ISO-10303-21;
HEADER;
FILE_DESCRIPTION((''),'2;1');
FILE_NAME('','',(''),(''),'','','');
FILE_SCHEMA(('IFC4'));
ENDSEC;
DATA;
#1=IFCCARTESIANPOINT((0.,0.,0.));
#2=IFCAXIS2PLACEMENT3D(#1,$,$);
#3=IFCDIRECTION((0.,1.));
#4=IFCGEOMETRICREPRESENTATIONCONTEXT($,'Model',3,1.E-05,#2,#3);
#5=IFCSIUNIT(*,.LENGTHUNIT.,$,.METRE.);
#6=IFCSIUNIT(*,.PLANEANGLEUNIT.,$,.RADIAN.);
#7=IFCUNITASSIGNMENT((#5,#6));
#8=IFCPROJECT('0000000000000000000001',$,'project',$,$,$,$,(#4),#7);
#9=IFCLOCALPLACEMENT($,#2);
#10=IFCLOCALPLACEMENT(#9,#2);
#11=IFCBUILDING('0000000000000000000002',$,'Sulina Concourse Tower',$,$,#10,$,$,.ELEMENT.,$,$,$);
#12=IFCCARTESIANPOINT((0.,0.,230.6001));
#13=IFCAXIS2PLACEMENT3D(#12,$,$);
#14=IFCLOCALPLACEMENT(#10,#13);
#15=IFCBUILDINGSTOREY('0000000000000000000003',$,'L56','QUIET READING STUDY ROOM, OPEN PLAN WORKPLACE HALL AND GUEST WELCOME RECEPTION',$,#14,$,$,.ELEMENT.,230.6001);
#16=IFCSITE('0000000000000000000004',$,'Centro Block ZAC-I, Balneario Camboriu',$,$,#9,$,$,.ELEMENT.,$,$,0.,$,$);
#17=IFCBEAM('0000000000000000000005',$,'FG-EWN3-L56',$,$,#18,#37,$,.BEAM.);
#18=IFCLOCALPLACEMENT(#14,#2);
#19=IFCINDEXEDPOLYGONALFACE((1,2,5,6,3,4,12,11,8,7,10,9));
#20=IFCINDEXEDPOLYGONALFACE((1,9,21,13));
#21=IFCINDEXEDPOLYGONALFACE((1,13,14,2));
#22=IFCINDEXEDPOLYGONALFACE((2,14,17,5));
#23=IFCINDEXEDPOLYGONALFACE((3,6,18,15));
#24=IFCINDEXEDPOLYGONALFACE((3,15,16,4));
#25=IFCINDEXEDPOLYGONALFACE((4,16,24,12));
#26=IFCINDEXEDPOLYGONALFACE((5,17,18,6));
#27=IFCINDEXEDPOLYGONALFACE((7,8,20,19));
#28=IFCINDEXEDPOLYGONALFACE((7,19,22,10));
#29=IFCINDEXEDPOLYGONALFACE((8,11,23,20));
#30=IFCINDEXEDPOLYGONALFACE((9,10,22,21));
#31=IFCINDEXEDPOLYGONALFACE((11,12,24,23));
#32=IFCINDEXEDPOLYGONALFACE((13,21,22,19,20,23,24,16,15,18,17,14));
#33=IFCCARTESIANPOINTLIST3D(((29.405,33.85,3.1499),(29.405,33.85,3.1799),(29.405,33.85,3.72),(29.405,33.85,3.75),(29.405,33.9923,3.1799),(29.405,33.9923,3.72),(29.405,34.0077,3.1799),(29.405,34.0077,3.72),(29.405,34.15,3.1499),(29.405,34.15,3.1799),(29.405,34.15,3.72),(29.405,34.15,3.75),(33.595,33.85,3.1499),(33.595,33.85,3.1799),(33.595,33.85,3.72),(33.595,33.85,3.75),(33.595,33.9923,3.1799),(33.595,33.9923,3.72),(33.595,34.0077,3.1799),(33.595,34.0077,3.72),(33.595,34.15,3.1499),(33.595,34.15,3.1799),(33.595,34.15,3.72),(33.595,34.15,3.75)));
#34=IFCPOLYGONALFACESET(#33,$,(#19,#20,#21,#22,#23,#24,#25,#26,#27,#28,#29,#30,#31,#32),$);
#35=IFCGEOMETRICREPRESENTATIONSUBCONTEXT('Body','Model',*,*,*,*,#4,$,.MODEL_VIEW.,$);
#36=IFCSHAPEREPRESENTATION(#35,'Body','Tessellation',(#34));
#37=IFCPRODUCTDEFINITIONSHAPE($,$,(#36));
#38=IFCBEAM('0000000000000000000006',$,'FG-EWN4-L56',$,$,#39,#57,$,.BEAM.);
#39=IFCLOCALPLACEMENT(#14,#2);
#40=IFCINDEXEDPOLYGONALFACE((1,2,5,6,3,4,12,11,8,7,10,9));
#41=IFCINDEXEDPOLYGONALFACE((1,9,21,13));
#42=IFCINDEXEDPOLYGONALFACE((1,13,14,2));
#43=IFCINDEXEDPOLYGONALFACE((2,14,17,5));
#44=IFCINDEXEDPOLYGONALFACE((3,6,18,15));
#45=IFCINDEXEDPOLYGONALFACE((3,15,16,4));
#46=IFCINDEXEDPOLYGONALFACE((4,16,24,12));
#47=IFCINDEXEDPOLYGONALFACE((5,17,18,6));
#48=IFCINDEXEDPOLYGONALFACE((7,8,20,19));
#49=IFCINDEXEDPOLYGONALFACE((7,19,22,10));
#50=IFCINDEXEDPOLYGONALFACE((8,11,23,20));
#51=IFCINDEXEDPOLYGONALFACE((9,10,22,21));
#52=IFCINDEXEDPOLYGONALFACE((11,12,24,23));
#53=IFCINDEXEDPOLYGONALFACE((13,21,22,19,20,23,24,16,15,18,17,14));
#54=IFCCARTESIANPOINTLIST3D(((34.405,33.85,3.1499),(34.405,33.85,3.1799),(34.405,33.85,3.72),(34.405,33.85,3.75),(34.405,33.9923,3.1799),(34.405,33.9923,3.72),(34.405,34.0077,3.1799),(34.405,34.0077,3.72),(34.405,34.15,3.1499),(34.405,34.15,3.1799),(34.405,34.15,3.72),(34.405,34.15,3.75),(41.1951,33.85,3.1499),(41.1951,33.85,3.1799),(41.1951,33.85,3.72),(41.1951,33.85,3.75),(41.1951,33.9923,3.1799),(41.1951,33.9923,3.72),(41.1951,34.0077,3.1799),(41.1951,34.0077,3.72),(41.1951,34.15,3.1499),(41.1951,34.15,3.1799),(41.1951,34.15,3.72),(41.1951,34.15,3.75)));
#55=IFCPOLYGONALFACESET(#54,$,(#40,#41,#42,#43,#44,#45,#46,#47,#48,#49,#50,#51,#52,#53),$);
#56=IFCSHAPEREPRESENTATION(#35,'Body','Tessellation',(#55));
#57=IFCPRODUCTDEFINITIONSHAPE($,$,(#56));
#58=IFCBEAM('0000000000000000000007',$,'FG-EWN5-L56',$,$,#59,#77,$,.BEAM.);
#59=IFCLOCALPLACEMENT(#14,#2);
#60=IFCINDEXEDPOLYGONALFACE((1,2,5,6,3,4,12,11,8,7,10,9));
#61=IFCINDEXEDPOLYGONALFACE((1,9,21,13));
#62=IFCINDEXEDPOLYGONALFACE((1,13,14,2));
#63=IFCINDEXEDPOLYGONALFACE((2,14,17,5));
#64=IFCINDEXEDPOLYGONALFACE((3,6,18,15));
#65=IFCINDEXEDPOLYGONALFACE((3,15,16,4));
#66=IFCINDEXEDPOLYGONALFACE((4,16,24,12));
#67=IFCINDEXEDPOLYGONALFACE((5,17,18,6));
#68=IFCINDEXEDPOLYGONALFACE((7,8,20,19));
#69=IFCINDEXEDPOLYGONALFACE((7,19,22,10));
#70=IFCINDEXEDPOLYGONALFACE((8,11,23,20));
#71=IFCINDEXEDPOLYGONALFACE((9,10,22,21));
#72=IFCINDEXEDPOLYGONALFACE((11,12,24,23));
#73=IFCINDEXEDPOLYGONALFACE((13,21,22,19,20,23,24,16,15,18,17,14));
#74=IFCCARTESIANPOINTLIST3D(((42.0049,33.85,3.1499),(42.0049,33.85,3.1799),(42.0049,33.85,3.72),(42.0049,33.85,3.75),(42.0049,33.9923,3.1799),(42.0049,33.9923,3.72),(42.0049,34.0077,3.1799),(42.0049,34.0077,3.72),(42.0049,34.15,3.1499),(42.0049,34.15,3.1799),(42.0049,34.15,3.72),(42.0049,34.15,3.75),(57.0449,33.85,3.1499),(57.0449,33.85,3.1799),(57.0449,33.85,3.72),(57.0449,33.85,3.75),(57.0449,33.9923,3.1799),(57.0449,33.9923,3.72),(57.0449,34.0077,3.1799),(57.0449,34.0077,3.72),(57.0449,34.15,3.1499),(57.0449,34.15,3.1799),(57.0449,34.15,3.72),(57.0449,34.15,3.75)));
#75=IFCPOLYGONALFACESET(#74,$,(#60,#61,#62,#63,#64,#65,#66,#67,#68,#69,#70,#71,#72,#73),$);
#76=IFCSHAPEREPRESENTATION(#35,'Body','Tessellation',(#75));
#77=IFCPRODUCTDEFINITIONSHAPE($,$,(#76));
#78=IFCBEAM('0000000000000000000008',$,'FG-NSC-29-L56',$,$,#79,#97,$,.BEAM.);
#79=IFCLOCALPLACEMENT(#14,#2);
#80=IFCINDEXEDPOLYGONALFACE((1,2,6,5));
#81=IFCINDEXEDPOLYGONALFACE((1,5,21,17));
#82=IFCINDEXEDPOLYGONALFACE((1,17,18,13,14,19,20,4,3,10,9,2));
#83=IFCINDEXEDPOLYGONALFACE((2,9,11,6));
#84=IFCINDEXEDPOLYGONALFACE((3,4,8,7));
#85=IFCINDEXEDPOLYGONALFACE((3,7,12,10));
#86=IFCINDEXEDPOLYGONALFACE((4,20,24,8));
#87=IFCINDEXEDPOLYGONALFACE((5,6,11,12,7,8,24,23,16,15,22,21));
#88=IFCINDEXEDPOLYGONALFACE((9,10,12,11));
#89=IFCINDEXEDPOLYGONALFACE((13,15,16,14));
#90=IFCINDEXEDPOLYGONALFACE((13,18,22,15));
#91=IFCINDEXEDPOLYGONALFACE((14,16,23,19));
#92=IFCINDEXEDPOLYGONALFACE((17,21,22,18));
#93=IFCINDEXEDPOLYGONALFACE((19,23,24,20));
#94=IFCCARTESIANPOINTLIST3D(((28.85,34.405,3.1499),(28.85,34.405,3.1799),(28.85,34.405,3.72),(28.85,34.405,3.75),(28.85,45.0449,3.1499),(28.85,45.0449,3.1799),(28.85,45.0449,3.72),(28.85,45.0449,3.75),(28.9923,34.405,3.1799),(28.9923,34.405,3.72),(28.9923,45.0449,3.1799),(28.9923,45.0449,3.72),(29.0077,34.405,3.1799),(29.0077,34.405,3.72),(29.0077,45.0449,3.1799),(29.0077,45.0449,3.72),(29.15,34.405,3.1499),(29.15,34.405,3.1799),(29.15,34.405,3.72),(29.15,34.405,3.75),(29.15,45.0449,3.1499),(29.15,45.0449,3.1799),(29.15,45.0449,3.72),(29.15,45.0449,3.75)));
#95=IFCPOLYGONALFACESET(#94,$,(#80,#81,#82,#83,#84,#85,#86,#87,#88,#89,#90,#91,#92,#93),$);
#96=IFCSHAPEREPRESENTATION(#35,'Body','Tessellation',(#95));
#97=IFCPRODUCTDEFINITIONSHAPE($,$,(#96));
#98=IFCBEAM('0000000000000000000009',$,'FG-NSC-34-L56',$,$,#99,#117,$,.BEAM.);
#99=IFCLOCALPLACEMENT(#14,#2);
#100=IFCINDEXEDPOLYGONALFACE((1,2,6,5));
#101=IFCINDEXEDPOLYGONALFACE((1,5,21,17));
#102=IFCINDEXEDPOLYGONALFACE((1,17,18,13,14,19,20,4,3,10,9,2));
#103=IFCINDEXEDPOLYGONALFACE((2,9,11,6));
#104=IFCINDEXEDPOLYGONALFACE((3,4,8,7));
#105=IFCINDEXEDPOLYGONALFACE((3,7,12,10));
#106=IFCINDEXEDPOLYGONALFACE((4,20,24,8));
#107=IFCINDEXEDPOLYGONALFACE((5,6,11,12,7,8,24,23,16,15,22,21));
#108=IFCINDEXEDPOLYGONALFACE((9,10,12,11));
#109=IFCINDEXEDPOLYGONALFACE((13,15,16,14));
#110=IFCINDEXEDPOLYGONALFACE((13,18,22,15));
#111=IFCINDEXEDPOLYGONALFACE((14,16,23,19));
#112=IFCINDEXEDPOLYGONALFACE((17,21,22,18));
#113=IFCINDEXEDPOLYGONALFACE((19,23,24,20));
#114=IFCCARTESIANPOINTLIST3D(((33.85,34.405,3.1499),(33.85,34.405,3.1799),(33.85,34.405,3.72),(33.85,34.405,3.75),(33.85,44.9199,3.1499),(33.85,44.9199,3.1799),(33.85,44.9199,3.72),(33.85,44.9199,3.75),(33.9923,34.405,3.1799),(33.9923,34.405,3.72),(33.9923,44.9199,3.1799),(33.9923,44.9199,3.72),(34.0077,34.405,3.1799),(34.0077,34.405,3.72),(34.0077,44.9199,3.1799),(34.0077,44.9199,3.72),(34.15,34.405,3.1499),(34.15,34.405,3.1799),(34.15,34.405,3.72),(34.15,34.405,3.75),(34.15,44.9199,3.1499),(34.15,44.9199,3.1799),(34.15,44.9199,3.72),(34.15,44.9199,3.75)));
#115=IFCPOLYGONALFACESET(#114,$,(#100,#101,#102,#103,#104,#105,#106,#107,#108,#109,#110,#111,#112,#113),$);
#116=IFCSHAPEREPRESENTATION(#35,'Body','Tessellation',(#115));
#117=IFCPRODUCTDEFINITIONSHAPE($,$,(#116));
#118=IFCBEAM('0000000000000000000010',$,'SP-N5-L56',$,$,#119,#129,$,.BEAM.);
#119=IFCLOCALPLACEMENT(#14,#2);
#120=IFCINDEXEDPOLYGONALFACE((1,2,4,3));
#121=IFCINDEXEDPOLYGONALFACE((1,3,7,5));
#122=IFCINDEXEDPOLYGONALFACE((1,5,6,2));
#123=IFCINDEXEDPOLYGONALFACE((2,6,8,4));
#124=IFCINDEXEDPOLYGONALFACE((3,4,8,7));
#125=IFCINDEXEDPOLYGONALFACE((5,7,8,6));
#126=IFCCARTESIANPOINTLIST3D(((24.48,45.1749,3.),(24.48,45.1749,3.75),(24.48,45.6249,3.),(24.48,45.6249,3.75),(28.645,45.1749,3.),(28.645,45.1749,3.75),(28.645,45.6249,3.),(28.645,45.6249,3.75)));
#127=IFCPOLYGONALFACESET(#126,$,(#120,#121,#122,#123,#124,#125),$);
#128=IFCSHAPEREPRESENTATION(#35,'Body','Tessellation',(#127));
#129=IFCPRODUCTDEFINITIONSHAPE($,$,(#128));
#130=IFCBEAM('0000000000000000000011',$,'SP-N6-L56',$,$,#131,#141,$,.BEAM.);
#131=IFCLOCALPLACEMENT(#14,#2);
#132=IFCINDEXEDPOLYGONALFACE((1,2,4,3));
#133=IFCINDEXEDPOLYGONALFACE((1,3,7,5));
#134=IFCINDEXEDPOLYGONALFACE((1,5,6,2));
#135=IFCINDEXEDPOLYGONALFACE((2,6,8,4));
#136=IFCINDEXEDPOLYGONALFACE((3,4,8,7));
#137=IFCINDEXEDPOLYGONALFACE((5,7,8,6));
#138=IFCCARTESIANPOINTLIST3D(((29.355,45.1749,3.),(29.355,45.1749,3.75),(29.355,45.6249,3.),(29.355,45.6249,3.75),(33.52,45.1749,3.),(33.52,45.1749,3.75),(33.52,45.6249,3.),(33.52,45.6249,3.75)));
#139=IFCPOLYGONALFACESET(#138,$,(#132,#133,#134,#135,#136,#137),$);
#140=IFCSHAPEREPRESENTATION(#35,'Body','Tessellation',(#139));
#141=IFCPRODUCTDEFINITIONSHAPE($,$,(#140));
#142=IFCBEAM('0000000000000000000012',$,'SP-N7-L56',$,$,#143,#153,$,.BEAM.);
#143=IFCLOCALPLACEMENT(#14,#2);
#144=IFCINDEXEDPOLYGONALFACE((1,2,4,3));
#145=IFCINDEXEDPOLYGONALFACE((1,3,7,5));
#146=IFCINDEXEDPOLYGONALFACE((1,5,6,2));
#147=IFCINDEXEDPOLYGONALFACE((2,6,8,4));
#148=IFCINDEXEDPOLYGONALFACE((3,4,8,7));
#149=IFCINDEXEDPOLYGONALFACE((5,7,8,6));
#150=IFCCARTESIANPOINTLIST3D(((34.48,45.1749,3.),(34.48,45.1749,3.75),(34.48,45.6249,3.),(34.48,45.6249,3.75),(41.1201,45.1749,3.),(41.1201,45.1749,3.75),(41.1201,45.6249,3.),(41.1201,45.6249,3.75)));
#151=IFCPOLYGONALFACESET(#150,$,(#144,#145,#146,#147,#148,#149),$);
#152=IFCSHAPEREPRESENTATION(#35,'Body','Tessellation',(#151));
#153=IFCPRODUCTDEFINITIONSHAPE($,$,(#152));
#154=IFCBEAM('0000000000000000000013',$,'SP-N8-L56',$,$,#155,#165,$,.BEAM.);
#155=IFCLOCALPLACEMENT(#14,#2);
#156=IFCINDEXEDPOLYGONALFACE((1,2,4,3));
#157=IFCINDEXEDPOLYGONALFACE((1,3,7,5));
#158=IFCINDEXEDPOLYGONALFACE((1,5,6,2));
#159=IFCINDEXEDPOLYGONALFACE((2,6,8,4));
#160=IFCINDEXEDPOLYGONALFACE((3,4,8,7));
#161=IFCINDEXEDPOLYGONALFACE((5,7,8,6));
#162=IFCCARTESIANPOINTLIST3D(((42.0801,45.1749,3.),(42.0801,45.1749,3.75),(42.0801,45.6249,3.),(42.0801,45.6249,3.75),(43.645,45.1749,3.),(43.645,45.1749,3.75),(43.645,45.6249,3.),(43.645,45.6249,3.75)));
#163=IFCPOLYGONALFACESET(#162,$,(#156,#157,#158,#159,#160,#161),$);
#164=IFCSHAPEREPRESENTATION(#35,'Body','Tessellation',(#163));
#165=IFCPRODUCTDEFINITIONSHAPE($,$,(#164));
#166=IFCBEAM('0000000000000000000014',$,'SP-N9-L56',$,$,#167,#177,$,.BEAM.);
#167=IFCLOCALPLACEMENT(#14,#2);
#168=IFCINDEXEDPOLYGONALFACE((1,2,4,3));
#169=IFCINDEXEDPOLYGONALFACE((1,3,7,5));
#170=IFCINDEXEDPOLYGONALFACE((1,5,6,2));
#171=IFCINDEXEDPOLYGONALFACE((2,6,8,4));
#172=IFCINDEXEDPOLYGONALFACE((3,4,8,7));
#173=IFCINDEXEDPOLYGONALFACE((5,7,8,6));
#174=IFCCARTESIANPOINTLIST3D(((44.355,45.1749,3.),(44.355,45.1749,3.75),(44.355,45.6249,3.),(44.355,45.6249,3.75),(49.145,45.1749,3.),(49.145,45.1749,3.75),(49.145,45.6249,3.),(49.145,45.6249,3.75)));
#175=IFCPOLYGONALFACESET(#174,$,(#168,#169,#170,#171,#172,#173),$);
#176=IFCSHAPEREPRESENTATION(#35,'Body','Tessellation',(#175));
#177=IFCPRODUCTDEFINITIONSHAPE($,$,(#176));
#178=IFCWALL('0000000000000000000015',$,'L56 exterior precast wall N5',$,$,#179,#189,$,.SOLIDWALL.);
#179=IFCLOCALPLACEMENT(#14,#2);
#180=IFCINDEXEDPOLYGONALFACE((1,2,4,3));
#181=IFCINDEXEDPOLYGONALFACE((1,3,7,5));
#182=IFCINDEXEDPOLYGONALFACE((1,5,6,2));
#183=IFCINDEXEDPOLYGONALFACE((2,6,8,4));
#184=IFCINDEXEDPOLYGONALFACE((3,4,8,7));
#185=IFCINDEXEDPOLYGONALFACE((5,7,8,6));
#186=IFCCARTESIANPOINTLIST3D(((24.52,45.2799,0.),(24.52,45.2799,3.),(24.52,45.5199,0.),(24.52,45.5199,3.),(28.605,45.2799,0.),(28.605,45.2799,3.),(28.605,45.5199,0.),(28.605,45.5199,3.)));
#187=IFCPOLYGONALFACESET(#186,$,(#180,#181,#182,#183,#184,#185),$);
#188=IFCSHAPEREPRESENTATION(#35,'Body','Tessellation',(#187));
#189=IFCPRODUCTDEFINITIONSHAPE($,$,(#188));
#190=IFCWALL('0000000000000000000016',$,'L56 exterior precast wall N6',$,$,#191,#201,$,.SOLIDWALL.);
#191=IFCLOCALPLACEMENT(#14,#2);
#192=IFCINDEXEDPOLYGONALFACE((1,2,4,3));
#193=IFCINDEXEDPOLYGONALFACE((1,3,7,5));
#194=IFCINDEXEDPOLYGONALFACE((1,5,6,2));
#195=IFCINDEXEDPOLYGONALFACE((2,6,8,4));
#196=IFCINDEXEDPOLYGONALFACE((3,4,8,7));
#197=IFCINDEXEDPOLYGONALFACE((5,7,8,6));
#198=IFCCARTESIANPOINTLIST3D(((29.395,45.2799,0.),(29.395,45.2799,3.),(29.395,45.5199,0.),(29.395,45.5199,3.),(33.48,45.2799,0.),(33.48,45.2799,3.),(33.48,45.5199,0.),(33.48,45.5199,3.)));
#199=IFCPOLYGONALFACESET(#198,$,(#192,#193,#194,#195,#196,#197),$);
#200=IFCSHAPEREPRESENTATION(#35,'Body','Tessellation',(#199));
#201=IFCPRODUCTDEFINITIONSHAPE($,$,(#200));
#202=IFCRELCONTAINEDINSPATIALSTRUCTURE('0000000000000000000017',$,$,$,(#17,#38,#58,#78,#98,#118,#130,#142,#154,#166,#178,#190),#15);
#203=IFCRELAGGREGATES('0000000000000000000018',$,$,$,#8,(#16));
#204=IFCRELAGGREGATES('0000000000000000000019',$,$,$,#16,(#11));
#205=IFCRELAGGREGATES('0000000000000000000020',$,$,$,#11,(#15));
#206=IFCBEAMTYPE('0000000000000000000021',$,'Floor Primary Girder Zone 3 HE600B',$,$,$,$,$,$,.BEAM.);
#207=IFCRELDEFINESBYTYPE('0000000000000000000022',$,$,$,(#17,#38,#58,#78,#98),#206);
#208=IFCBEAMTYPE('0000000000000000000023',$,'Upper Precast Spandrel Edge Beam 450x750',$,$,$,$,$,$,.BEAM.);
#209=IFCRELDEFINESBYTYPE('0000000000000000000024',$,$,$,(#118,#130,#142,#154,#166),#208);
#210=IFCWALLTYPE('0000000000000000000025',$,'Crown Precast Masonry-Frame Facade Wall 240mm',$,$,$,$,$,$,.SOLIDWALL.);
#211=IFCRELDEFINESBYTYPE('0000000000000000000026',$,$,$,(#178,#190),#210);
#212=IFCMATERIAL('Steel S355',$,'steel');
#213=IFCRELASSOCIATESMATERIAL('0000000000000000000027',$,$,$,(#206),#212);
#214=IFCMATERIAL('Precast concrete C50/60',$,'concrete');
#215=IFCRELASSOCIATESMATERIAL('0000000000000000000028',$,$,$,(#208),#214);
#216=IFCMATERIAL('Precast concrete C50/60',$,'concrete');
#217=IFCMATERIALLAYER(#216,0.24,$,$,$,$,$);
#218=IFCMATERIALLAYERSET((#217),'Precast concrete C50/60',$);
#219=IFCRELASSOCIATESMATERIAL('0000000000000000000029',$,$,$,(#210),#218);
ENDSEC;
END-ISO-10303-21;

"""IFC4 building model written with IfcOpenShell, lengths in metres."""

from ifc_helpers import new_model, si_unit, direction, frame, frame_2d, origin, origin_2d, place, context, subcontext, project, spatial, rectangle, i_section, extrude, material, layer, layer_set, material_profile, profile_set, type_object, element, save


model = new_model("IFC4")

# Units and contexts
model_context = context("Model", 3, precision=1e-05, world=origin(), true_north=direction((0.0, 1.0)))
body_context = subcontext(model_context, "Body", "Model", "MODEL_VIEW")
ifc_project = project(units=[si_unit("LENGTHUNIT", "METRE"), si_unit("PLANEANGLEUNIT", "RADIAN")], contexts=[model_context])

# Site, building, storey
site_placement = place(None, origin())
site = spatial("IfcSite", under=ifc_project, at=site_placement, Name="Centro Block ZAC-I, Balneario Camboriu", CompositionType="ELEMENT", RefElevation=0.0)
building_placement = place(site_placement, origin())
building = spatial("IfcBuilding", under=site, at=building_placement, Name="Sulina Concourse Tower", CompositionType="ELEMENT")
storey_placement = place(building_placement, frame((0.0, 0.0, 230.6001)))
storey = spatial("IfcBuildingStorey", under=building, at=storey_placement, Name="L56", Description="QUIET READING STUDY ROOM, OPEN PLAN WORKPLACE HALL AND GUEST WELCOME RECEPTION", CompositionType="ELEMENT", Elevation=230.6001)

# Beams
ifc_material_1 = material(Name="Steel S355", Category="steel")
ifc_material_profile_1 = material_profile(ifc_material_1, i_section(OverallWidth=0.3, OverallDepth=0.6001, WebThickness=0.0154, FlangeThickness=0.03, at=origin_2d()), Name="HE 600 B")
ifc_profile_set_1 = profile_set([ifc_material_profile_1], Name="Steel S355")
beam_type_1 = type_object("IfcBeamType", Name="Floor Primary Girder Zone 3 HE600B", PredefinedType="BEAM", material=ifc_profile_set_1)
beam_1_placement = place(storey_placement, frame((29.405, 34.0, 3.45), z_axis=(1.0, 0.0, 0.0), x_axis=(0.0, 1.0, 0.0)))
element("IfcBeam", 1, at=beam_1_placement, inside=storey, type_object=beam_type_1, Name="FG-EWN3-L56", PredefinedType="BEAM", context=body_context, shape_type="SweptSolid", body=[
    extrude(i_section(OverallWidth=0.3, OverallDepth=0.6001, WebThickness=0.0154, FlangeThickness=0.03, at=origin_2d()), origin(), (0.0, 0.0, 1.0), 4.1899),
])
beam_2_placement = place(storey_placement, frame((34.405, 34.0, 3.45), z_axis=(1.0, 0.0, 0.0), x_axis=(0.0, 1.0, 0.0)))
element("IfcBeam", 2, at=beam_2_placement, inside=storey, type_object=beam_type_1, Name="FG-EWN4-L56", PredefinedType="BEAM", context=body_context, shape_type="SweptSolid", body=[
    extrude(i_section(OverallWidth=0.3, OverallDepth=0.6001, WebThickness=0.0154, FlangeThickness=0.03, at=origin_2d()), origin(), (0.0, 0.0, 1.0), 6.79),
])
beam_3_placement = place(storey_placement, frame((42.0049, 34.0, 3.45), z_axis=(1.0, 0.0, 0.0), x_axis=(0.0, 1.0, 0.0)))
element("IfcBeam", 3, at=beam_3_placement, inside=storey, type_object=beam_type_1, Name="FG-EWN5-L56", PredefinedType="BEAM", context=body_context, shape_type="SweptSolid", body=[
    extrude(i_section(OverallWidth=0.3, OverallDepth=0.6001, WebThickness=0.0154, FlangeThickness=0.03, at=origin_2d()), origin(), (0.0, 0.0, 1.0), 15.04),
])
beam_4_placement = place(storey_placement, frame((29.0, 34.405, 3.45), z_axis=(0.0, 1.0, 0.0), x_axis=(-1.0, 0.0, 0.0)))
element("IfcBeam", 4, at=beam_4_placement, inside=storey, type_object=beam_type_1, Name="FG-NSC-29-L56", PredefinedType="BEAM", context=body_context, shape_type="SweptSolid", body=[
    extrude(i_section(OverallWidth=0.3, OverallDepth=0.6001, WebThickness=0.0154, FlangeThickness=0.03, at=origin_2d()), origin(), (0.0, 0.0, 1.0), 10.6399),
])
beam_5_placement = place(storey_placement, frame((34.0, 34.405, 3.45), z_axis=(0.0, 1.0, 0.0), x_axis=(-1.0, 0.0, 0.0)))
element("IfcBeam", 5, at=beam_5_placement, inside=storey, type_object=beam_type_1, Name="FG-NSC-34-L56", PredefinedType="BEAM", context=body_context, shape_type="SweptSolid", body=[
    extrude(i_section(OverallWidth=0.3, OverallDepth=0.6001, WebThickness=0.0154, FlangeThickness=0.03, at=origin_2d()), origin(), (0.0, 0.0, 1.0), 10.5149),
])
ifc_material_2 = material(Name="Precast concrete C50/60", Category="concrete")
ifc_material_profile_2 = material_profile(ifc_material_2, rectangle(XDim=0.45, YDim=0.75, at=origin_2d()), Name="RC 450x750")
ifc_profile_set_2 = profile_set([ifc_material_profile_2], Name="Precast concrete C50/60")
beam_type_2 = type_object("IfcBeamType", Name="Upper Precast Spandrel Edge Beam 450x750", PredefinedType="BEAM", material=ifc_profile_set_2)
for number, where, z_axis, x_axis, name in (
    (6, (24.48, 45.3999, 3.375), (1.0, 0.0, 0.0), (0.0, 1.0, 0.0), "SP-N5-L56"),
    (7, (29.355, 45.3999, 3.375), (1.0, 0.0, 0.0), (0.0, 1.0, 0.0), "SP-N6-L56"),
):
    element("IfcBeam", number, at=place(storey_placement, frame(where, z_axis=z_axis, x_axis=x_axis)), inside=storey, type_object=beam_type_2, Name=name, PredefinedType="BEAM", context=body_context, shape_type="SweptSolid", body=[
        extrude(rectangle(XDim=0.45, YDim=0.75, at=origin_2d()), origin(), (0.0, 0.0, 1.0), 4.165),
    ])
beam_6_placement = place(storey_placement, frame((34.48, 45.3999, 3.375), z_axis=(1.0, 0.0, 0.0), x_axis=(0.0, 1.0, 0.0)))
element("IfcBeam", 8, at=beam_6_placement, inside=storey, type_object=beam_type_2, Name="SP-N7-L56", PredefinedType="BEAM", context=body_context, shape_type="SweptSolid", body=[
    extrude(rectangle(XDim=0.45, YDim=0.75, at=origin_2d()), origin(), (0.0, 0.0, 1.0), 6.6401),
])
beam_7_placement = place(storey_placement, frame((42.0801, 45.3999, 3.375), z_axis=(1.0, 0.0, 0.0), x_axis=(0.0, 1.0, 0.0)))
element("IfcBeam", 9, at=beam_7_placement, inside=storey, type_object=beam_type_2, Name="SP-N8-L56", PredefinedType="BEAM", context=body_context, shape_type="SweptSolid", body=[
    extrude(rectangle(XDim=0.45, YDim=0.75, at=origin_2d()), origin(), (0.0, 0.0, 1.0), 1.5649),
])
beam_8_placement = place(storey_placement, frame((44.355, 45.3999, 3.375), z_axis=(1.0, 0.0, 0.0), x_axis=(0.0, 1.0, 0.0)))
element("IfcBeam", 10, at=beam_8_placement, inside=storey, type_object=beam_type_2, Name="SP-N9-L56", PredefinedType="BEAM", context=body_context, shape_type="SweptSolid", body=[
    extrude(rectangle(XDim=0.45, YDim=0.75, at=origin_2d()), origin(), (0.0, 0.0, 1.0), 4.79),
])

# Walls
ifc_material_3 = material(Name="Precast concrete C50/60", Category="concrete")
ifc_layer_1 = layer(ifc_material_3, 0.24)
ifc_layer_set_1 = layer_set([ifc_layer_1], Name="Precast concrete C50/60")
wall_type_1 = type_object("IfcWallType", Name="Crown Precast Masonry-Frame Facade Wall 240mm", PredefinedType="SOLIDWALL", material=ifc_layer_set_1)
for number, where, z_axis, x_axis, name in (
    (11, (24.52, 45.3999, 0.0), (0.0, 0.0, 1.0), (1.0, 0.0, 0.0), "L56 exterior precast wall N5"),
    (12, (29.395, 45.3999, 0.0), (0.0, 0.0, 1.0), (1.0, 0.0, 0.0), "L56 exterior precast wall N6"),
):
    element("IfcWall", number, at=place(storey_placement, frame(where, z_axis=z_axis, x_axis=x_axis)), inside=storey, type_object=wall_type_1, Name=name, PredefinedType="SOLIDWALL", context=body_context, shape_type="SweptSolid", body=[
        extrude(rectangle(XDim=4.085, YDim=0.24, at=frame_2d((2.0425, 0.0))), origin(), (0.0, 0.0, 1.0), 3.0),
    ])

save(model, "model.ifc")
